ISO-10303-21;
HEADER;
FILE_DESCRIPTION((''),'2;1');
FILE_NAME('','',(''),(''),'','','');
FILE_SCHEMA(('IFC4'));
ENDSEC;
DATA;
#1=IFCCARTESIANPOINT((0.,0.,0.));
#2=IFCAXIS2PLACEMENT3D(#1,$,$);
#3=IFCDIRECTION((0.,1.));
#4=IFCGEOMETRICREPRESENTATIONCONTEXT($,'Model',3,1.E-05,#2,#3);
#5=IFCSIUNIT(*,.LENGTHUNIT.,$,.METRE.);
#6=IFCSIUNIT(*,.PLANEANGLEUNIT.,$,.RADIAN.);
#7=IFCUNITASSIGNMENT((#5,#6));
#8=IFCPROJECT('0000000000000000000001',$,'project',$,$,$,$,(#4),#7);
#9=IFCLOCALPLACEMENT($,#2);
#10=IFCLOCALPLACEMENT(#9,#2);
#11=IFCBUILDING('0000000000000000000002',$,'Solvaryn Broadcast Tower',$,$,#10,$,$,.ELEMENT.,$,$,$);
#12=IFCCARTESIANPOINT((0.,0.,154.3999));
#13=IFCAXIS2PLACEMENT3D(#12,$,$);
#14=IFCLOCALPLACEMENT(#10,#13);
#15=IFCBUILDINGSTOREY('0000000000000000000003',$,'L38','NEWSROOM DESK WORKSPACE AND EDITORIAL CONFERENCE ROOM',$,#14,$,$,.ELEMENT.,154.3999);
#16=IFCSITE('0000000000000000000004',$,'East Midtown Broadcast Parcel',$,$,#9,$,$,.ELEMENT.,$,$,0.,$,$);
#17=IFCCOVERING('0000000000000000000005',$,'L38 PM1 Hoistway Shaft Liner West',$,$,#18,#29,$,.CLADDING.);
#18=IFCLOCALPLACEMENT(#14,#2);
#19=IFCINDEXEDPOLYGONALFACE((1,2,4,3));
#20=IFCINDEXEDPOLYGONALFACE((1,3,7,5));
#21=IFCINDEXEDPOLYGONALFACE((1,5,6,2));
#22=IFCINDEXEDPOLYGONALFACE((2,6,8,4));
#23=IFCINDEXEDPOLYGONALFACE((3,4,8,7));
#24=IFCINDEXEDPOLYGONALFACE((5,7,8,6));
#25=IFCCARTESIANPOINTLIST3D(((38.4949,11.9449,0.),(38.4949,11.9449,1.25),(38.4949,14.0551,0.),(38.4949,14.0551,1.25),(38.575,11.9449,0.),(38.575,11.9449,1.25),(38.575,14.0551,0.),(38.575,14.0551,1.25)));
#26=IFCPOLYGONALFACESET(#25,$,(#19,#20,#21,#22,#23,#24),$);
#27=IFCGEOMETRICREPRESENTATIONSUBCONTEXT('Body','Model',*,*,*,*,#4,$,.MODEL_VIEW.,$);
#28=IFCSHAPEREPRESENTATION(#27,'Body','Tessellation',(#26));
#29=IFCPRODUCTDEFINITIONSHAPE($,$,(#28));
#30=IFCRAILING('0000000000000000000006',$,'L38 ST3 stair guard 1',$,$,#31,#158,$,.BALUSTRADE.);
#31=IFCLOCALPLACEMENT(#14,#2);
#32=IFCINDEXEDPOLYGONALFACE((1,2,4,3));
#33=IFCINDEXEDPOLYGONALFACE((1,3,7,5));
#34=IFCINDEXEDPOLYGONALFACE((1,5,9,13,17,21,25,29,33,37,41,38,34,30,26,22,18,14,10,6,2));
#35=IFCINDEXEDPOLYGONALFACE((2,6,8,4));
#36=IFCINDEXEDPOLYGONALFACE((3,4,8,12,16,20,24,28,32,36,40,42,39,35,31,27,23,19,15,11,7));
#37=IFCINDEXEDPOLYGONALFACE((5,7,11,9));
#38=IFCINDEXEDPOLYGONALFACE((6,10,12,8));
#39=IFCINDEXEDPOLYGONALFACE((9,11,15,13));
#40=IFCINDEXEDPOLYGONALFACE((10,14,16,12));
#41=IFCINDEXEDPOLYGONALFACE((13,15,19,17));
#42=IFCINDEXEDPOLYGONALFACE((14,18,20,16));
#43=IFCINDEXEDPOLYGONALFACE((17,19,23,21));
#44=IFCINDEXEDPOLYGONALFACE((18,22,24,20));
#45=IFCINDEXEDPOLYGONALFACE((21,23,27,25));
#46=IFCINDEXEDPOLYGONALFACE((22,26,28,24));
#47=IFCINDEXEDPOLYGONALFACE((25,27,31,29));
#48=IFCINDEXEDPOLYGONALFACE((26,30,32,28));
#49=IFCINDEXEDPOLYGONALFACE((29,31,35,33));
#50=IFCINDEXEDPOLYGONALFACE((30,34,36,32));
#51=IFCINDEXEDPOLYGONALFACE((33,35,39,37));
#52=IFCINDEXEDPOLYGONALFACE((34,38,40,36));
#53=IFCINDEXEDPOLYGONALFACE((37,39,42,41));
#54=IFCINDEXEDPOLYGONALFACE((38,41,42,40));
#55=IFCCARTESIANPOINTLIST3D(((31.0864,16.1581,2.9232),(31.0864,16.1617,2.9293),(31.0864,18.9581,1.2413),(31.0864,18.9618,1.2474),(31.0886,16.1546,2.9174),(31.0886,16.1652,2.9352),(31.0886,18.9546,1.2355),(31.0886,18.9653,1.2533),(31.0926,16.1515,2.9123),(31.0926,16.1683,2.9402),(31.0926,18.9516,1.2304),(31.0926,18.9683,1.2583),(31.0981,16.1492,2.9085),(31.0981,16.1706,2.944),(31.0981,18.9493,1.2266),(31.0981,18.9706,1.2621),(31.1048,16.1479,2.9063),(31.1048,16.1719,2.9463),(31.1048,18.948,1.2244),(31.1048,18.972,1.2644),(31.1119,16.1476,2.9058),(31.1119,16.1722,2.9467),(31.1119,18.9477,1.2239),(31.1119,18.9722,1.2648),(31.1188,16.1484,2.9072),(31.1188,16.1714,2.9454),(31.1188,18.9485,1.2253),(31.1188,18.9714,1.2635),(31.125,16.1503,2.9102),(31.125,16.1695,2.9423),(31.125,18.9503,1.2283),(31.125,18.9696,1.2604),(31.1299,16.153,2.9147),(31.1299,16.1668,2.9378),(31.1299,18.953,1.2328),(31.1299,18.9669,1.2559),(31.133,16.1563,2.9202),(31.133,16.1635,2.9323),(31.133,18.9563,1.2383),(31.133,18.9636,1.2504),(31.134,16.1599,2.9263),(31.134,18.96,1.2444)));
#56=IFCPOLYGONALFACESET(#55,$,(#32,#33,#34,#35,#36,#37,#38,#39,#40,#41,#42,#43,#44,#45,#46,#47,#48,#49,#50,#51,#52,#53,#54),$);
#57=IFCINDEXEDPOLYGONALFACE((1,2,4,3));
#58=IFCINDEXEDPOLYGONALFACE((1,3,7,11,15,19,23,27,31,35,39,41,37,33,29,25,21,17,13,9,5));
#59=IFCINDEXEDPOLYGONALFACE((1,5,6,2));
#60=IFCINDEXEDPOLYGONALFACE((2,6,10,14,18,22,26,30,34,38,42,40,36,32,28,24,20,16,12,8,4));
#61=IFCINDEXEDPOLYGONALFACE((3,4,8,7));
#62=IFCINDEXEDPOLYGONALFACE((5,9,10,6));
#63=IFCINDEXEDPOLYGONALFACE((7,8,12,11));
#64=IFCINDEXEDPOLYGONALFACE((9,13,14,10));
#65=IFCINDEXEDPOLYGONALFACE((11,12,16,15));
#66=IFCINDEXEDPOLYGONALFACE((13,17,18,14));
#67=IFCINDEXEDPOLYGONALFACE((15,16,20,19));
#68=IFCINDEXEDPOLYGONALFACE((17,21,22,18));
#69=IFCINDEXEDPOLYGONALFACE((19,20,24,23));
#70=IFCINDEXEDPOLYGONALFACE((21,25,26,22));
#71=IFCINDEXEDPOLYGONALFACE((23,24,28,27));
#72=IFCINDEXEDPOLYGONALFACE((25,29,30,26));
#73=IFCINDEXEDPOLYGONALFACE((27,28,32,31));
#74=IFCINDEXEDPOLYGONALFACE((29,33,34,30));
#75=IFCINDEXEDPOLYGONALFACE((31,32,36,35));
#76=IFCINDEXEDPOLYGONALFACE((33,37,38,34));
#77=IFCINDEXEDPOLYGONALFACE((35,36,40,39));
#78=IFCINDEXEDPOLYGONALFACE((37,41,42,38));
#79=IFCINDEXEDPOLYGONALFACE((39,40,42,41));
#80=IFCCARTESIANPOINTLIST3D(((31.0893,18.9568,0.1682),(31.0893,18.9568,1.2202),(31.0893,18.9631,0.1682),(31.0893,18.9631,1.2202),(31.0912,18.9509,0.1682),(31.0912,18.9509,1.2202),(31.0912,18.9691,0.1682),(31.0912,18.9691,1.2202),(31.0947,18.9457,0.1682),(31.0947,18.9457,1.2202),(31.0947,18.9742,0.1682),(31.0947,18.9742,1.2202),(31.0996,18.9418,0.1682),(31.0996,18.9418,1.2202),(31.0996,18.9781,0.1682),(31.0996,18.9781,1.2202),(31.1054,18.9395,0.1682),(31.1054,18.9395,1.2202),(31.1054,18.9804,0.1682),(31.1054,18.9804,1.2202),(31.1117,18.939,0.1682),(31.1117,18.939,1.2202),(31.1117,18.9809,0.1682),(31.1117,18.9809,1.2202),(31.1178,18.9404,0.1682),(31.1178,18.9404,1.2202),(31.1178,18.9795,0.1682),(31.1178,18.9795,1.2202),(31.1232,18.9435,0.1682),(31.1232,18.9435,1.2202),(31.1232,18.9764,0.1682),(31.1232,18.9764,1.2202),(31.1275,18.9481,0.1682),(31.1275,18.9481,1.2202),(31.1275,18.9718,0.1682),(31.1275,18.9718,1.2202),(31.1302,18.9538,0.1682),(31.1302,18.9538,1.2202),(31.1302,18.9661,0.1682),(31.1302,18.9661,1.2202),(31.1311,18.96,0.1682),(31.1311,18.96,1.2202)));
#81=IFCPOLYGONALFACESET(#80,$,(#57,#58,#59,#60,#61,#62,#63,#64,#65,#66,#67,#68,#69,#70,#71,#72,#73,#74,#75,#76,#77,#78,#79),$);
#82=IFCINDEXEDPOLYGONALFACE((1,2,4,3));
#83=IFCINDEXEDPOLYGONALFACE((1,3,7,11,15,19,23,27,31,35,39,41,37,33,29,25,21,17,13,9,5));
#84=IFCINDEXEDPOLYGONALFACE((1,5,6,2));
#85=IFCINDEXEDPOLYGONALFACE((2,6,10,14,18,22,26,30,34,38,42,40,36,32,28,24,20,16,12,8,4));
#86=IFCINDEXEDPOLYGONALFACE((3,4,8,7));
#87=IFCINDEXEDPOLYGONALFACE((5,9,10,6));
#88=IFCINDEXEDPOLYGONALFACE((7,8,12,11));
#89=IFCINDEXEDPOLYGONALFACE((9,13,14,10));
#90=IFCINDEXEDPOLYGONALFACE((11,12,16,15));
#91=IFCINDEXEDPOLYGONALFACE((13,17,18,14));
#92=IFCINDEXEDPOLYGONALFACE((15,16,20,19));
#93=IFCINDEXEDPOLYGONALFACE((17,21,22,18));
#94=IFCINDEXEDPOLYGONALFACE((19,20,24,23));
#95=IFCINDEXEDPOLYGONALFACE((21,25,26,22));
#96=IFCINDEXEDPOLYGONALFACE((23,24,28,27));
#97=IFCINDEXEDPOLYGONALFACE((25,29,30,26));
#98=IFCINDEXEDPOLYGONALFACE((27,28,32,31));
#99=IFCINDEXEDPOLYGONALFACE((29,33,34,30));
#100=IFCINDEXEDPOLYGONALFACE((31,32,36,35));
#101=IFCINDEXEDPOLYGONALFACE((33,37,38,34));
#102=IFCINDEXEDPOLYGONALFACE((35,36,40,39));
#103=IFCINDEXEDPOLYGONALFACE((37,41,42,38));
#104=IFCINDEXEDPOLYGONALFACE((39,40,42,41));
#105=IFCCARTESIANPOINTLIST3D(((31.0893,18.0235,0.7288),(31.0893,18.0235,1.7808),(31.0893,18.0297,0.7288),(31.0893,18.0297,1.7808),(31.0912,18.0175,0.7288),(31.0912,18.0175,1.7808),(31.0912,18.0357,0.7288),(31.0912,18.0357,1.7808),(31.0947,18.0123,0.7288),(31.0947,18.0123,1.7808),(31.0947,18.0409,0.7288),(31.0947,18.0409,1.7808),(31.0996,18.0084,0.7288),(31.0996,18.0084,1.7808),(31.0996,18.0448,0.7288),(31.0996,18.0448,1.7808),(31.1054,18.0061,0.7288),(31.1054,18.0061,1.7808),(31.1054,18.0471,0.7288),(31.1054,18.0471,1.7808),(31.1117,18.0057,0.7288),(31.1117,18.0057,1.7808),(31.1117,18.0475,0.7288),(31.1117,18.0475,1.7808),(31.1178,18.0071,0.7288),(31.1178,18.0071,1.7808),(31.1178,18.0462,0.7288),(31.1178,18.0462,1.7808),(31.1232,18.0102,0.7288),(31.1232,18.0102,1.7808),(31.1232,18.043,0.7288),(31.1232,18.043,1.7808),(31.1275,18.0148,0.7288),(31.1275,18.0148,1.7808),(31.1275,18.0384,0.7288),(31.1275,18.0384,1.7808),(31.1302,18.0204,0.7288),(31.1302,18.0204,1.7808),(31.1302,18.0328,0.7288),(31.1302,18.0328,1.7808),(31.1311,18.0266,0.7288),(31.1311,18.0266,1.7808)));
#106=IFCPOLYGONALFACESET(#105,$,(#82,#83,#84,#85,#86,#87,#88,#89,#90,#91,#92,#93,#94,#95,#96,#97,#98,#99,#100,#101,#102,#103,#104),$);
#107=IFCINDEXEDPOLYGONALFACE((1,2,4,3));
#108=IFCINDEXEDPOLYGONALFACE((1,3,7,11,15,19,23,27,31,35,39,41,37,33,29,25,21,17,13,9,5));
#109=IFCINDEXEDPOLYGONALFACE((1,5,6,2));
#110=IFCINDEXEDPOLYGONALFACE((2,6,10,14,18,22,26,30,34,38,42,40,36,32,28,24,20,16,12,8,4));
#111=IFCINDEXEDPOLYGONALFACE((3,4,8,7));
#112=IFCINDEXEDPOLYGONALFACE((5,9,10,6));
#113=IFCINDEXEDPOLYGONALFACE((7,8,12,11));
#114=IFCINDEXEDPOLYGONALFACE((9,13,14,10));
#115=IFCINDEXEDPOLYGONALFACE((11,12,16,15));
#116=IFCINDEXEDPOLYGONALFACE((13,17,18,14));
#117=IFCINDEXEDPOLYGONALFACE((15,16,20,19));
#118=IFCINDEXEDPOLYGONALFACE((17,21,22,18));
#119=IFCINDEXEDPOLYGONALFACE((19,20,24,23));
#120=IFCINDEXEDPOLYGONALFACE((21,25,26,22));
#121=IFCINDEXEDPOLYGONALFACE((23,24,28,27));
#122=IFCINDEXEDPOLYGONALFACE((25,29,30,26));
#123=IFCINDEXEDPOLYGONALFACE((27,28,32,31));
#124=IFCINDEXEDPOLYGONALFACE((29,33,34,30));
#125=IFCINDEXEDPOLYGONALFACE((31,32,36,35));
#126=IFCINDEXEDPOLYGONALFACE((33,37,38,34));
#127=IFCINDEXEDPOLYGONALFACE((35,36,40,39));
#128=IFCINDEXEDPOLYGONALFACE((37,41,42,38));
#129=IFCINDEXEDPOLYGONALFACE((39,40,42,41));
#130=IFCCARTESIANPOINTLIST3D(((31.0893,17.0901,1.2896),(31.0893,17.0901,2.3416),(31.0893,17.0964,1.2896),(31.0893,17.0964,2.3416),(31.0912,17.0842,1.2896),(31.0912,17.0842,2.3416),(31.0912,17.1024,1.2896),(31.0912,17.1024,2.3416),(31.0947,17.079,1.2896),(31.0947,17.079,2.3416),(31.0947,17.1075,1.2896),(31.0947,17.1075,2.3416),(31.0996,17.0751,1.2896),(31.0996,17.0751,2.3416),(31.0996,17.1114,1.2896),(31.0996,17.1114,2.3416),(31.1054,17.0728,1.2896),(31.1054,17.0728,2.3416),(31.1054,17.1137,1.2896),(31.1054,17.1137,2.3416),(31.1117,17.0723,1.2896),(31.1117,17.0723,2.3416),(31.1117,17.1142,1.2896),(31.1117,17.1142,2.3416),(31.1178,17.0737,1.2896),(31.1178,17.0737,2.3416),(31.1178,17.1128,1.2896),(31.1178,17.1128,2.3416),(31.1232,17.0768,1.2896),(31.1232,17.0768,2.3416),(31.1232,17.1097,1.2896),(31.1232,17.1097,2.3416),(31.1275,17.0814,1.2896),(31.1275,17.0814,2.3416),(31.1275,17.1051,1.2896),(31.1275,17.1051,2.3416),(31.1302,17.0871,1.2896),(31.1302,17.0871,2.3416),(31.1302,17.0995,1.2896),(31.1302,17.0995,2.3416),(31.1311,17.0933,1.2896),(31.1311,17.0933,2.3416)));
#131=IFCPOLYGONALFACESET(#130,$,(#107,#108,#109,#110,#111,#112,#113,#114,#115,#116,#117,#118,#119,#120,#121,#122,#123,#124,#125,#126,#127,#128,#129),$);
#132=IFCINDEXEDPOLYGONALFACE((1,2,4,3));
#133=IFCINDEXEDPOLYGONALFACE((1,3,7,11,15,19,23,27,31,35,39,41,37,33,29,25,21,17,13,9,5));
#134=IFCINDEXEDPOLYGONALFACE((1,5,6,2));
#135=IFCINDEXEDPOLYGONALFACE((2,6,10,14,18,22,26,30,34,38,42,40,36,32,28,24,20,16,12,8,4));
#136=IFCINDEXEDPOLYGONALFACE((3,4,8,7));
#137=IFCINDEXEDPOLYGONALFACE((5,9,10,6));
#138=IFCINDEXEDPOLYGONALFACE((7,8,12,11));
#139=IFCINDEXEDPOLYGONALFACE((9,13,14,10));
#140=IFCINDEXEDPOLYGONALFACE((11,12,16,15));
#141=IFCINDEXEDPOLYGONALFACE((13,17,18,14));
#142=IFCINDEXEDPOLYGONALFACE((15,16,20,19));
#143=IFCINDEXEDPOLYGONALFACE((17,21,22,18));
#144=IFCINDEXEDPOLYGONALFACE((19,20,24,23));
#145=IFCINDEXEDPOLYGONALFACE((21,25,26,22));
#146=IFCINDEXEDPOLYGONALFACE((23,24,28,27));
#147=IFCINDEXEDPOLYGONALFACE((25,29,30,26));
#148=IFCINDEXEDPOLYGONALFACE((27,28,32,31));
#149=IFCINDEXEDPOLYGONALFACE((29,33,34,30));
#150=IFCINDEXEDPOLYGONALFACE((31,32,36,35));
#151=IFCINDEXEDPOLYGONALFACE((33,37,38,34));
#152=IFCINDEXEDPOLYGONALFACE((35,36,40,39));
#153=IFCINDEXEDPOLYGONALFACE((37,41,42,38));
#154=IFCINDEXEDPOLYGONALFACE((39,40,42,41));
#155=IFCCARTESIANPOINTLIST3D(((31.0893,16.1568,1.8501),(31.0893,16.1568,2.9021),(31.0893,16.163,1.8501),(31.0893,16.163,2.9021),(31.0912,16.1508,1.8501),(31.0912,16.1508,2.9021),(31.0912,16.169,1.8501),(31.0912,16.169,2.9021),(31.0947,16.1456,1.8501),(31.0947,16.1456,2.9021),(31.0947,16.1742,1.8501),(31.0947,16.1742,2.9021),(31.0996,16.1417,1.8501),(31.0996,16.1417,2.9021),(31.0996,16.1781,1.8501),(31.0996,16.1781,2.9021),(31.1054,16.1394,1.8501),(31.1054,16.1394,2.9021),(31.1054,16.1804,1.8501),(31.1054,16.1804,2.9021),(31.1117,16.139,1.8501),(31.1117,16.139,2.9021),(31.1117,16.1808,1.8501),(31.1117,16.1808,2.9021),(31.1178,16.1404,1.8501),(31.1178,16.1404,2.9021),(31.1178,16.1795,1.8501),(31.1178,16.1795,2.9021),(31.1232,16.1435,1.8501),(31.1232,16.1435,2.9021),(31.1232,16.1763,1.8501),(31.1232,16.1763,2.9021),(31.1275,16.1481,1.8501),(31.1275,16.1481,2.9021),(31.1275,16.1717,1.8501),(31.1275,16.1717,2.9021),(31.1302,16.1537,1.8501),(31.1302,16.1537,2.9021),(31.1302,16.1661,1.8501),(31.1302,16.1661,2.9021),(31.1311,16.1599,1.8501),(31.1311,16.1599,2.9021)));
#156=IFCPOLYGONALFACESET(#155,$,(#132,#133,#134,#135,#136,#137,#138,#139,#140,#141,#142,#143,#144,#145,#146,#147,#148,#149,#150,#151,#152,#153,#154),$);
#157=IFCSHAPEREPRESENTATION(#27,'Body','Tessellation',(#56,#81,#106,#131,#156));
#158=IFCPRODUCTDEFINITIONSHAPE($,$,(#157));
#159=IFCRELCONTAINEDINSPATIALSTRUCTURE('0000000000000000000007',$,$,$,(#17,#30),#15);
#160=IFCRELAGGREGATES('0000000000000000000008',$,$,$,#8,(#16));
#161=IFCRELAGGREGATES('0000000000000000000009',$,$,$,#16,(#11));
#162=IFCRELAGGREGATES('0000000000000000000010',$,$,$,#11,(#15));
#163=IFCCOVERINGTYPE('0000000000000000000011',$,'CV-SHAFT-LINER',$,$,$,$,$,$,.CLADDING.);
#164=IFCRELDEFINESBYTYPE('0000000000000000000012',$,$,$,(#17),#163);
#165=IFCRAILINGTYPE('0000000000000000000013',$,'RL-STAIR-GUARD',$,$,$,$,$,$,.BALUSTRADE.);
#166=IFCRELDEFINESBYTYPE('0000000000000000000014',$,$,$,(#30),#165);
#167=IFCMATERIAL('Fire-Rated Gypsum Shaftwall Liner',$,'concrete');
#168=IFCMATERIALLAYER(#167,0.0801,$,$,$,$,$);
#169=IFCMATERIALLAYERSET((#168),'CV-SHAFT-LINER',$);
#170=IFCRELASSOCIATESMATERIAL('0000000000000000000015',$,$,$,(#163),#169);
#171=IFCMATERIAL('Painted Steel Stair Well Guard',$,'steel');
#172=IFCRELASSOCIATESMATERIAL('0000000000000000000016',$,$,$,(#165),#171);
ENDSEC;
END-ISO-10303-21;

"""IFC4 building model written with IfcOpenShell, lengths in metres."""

from ifc_helpers import new_model, si_unit, direction, frame, origin, origin_2d, place, context, subcontext, project, spatial, rectangle, circle, extrude, material, layer, layer_set, type_object, element, save


model = new_model("IFC4")

# Units and contexts
model_context = context("Model", 3, precision=1e-05, world=origin(), true_north=direction((0.0, 1.0)))
body_context = subcontext(model_context, "Body", "Model", "MODEL_VIEW")
ifc_project = project(units=[si_unit("LENGTHUNIT", "METRE"), si_unit("PLANEANGLEUNIT", "RADIAN")], contexts=[model_context])

# Site, building, storey
site_placement = place(None, origin())
site = spatial("IfcSite", under=ifc_project, at=site_placement, Name="East Midtown Broadcast Parcel", CompositionType="ELEMENT", RefElevation=0.0)
building_placement = place(site_placement, origin())
building = spatial("IfcBuilding", under=site, at=building_placement, Name="Solvaryn Broadcast Tower", CompositionType="ELEMENT")
storey_placement = place(building_placement, frame((0.0, 0.0, 154.3999)))
storey = spatial("IfcBuildingStorey", under=building, at=storey_placement, Name="L38", Description="NEWSROOM DESK WORKSPACE AND EDITORIAL CONFERENCE ROOM", CompositionType="ELEMENT", Elevation=154.3999)

# Covering
ifc_material_1 = material(Name="Fire-Rated Gypsum Shaftwall Liner", Category="concrete")
ifc_layer_1 = layer(ifc_material_1, 0.0801)
ifc_layer_set_1 = layer_set([ifc_layer_1], Name="CV-SHAFT-LINER")
covering_type = type_object("IfcCoveringType", Name="CV-SHAFT-LINER", PredefinedType="CLADDING", material=ifc_layer_set_1)
covering_placement = place(storey_placement, frame((38.5349, 13.0, 0.0), z_axis=(0.0, 0.0, 1.0), x_axis=(1.0, 0.0, 0.0)))
element("IfcCovering", 1, at=covering_placement, inside=storey, type_object=covering_type, Name="L38 PM1 Hoistway Shaft Liner West", PredefinedType="CLADDING", context=body_context, shape_type="SweptSolid", body=[
    extrude(rectangle(XDim=0.0801, YDim=2.1101, at=origin_2d()), origin(), (0.0, 0.0, 1.0), 1.25),
])

# Railing
ifc_material_2 = material(Name="Painted Steel Stair Well Guard", Category="steel")
railing_type_1 = type_object("IfcRailingType", Name="RL-STAIR-GUARD", PredefinedType="BALUSTRADE", material=ifc_material_2)
railing_1_placement = place(storey_placement, frame((31.1101, 18.96, 0.1682)))
element("IfcRailing", 2, at=railing_1_placement, inside=storey, type_object=railing_type_1, Name="L38 ST3 stair guard 1", PredefinedType="BALUSTRADE", context=body_context, shape_type="SweptSolid", body=[
    extrude(circle(Radius=0.0239, at=origin_2d()), frame((0.0, 0.0, 1.0762), z_axis=(0.0, -0.857242, 0.514913), x_axis=(1.0, 0.0, 0.0)), (0.0, 0.0, 1.0), 3.2664),
    extrude(circle(Radius=0.021, at=origin_2d()), origin(), (0.0, 0.0, 1.0), 1.052),
    extrude(circle(Radius=0.021, at=origin_2d()), frame((0.0, -0.9333, 0.5605)), (0.0, 0.0, 1.0), 1.052),
    extrude(circle(Radius=0.021, at=origin_2d()), frame((0.0, -1.8667, 1.1213)), (0.0, 0.0, 1.0), 1.052),
    extrude(circle(Radius=0.021, at=origin_2d()), frame((0.0, -2.8, 1.6819)), (0.0, 0.0, 1.0), 1.052),
])

save(model, "model.ifc")
